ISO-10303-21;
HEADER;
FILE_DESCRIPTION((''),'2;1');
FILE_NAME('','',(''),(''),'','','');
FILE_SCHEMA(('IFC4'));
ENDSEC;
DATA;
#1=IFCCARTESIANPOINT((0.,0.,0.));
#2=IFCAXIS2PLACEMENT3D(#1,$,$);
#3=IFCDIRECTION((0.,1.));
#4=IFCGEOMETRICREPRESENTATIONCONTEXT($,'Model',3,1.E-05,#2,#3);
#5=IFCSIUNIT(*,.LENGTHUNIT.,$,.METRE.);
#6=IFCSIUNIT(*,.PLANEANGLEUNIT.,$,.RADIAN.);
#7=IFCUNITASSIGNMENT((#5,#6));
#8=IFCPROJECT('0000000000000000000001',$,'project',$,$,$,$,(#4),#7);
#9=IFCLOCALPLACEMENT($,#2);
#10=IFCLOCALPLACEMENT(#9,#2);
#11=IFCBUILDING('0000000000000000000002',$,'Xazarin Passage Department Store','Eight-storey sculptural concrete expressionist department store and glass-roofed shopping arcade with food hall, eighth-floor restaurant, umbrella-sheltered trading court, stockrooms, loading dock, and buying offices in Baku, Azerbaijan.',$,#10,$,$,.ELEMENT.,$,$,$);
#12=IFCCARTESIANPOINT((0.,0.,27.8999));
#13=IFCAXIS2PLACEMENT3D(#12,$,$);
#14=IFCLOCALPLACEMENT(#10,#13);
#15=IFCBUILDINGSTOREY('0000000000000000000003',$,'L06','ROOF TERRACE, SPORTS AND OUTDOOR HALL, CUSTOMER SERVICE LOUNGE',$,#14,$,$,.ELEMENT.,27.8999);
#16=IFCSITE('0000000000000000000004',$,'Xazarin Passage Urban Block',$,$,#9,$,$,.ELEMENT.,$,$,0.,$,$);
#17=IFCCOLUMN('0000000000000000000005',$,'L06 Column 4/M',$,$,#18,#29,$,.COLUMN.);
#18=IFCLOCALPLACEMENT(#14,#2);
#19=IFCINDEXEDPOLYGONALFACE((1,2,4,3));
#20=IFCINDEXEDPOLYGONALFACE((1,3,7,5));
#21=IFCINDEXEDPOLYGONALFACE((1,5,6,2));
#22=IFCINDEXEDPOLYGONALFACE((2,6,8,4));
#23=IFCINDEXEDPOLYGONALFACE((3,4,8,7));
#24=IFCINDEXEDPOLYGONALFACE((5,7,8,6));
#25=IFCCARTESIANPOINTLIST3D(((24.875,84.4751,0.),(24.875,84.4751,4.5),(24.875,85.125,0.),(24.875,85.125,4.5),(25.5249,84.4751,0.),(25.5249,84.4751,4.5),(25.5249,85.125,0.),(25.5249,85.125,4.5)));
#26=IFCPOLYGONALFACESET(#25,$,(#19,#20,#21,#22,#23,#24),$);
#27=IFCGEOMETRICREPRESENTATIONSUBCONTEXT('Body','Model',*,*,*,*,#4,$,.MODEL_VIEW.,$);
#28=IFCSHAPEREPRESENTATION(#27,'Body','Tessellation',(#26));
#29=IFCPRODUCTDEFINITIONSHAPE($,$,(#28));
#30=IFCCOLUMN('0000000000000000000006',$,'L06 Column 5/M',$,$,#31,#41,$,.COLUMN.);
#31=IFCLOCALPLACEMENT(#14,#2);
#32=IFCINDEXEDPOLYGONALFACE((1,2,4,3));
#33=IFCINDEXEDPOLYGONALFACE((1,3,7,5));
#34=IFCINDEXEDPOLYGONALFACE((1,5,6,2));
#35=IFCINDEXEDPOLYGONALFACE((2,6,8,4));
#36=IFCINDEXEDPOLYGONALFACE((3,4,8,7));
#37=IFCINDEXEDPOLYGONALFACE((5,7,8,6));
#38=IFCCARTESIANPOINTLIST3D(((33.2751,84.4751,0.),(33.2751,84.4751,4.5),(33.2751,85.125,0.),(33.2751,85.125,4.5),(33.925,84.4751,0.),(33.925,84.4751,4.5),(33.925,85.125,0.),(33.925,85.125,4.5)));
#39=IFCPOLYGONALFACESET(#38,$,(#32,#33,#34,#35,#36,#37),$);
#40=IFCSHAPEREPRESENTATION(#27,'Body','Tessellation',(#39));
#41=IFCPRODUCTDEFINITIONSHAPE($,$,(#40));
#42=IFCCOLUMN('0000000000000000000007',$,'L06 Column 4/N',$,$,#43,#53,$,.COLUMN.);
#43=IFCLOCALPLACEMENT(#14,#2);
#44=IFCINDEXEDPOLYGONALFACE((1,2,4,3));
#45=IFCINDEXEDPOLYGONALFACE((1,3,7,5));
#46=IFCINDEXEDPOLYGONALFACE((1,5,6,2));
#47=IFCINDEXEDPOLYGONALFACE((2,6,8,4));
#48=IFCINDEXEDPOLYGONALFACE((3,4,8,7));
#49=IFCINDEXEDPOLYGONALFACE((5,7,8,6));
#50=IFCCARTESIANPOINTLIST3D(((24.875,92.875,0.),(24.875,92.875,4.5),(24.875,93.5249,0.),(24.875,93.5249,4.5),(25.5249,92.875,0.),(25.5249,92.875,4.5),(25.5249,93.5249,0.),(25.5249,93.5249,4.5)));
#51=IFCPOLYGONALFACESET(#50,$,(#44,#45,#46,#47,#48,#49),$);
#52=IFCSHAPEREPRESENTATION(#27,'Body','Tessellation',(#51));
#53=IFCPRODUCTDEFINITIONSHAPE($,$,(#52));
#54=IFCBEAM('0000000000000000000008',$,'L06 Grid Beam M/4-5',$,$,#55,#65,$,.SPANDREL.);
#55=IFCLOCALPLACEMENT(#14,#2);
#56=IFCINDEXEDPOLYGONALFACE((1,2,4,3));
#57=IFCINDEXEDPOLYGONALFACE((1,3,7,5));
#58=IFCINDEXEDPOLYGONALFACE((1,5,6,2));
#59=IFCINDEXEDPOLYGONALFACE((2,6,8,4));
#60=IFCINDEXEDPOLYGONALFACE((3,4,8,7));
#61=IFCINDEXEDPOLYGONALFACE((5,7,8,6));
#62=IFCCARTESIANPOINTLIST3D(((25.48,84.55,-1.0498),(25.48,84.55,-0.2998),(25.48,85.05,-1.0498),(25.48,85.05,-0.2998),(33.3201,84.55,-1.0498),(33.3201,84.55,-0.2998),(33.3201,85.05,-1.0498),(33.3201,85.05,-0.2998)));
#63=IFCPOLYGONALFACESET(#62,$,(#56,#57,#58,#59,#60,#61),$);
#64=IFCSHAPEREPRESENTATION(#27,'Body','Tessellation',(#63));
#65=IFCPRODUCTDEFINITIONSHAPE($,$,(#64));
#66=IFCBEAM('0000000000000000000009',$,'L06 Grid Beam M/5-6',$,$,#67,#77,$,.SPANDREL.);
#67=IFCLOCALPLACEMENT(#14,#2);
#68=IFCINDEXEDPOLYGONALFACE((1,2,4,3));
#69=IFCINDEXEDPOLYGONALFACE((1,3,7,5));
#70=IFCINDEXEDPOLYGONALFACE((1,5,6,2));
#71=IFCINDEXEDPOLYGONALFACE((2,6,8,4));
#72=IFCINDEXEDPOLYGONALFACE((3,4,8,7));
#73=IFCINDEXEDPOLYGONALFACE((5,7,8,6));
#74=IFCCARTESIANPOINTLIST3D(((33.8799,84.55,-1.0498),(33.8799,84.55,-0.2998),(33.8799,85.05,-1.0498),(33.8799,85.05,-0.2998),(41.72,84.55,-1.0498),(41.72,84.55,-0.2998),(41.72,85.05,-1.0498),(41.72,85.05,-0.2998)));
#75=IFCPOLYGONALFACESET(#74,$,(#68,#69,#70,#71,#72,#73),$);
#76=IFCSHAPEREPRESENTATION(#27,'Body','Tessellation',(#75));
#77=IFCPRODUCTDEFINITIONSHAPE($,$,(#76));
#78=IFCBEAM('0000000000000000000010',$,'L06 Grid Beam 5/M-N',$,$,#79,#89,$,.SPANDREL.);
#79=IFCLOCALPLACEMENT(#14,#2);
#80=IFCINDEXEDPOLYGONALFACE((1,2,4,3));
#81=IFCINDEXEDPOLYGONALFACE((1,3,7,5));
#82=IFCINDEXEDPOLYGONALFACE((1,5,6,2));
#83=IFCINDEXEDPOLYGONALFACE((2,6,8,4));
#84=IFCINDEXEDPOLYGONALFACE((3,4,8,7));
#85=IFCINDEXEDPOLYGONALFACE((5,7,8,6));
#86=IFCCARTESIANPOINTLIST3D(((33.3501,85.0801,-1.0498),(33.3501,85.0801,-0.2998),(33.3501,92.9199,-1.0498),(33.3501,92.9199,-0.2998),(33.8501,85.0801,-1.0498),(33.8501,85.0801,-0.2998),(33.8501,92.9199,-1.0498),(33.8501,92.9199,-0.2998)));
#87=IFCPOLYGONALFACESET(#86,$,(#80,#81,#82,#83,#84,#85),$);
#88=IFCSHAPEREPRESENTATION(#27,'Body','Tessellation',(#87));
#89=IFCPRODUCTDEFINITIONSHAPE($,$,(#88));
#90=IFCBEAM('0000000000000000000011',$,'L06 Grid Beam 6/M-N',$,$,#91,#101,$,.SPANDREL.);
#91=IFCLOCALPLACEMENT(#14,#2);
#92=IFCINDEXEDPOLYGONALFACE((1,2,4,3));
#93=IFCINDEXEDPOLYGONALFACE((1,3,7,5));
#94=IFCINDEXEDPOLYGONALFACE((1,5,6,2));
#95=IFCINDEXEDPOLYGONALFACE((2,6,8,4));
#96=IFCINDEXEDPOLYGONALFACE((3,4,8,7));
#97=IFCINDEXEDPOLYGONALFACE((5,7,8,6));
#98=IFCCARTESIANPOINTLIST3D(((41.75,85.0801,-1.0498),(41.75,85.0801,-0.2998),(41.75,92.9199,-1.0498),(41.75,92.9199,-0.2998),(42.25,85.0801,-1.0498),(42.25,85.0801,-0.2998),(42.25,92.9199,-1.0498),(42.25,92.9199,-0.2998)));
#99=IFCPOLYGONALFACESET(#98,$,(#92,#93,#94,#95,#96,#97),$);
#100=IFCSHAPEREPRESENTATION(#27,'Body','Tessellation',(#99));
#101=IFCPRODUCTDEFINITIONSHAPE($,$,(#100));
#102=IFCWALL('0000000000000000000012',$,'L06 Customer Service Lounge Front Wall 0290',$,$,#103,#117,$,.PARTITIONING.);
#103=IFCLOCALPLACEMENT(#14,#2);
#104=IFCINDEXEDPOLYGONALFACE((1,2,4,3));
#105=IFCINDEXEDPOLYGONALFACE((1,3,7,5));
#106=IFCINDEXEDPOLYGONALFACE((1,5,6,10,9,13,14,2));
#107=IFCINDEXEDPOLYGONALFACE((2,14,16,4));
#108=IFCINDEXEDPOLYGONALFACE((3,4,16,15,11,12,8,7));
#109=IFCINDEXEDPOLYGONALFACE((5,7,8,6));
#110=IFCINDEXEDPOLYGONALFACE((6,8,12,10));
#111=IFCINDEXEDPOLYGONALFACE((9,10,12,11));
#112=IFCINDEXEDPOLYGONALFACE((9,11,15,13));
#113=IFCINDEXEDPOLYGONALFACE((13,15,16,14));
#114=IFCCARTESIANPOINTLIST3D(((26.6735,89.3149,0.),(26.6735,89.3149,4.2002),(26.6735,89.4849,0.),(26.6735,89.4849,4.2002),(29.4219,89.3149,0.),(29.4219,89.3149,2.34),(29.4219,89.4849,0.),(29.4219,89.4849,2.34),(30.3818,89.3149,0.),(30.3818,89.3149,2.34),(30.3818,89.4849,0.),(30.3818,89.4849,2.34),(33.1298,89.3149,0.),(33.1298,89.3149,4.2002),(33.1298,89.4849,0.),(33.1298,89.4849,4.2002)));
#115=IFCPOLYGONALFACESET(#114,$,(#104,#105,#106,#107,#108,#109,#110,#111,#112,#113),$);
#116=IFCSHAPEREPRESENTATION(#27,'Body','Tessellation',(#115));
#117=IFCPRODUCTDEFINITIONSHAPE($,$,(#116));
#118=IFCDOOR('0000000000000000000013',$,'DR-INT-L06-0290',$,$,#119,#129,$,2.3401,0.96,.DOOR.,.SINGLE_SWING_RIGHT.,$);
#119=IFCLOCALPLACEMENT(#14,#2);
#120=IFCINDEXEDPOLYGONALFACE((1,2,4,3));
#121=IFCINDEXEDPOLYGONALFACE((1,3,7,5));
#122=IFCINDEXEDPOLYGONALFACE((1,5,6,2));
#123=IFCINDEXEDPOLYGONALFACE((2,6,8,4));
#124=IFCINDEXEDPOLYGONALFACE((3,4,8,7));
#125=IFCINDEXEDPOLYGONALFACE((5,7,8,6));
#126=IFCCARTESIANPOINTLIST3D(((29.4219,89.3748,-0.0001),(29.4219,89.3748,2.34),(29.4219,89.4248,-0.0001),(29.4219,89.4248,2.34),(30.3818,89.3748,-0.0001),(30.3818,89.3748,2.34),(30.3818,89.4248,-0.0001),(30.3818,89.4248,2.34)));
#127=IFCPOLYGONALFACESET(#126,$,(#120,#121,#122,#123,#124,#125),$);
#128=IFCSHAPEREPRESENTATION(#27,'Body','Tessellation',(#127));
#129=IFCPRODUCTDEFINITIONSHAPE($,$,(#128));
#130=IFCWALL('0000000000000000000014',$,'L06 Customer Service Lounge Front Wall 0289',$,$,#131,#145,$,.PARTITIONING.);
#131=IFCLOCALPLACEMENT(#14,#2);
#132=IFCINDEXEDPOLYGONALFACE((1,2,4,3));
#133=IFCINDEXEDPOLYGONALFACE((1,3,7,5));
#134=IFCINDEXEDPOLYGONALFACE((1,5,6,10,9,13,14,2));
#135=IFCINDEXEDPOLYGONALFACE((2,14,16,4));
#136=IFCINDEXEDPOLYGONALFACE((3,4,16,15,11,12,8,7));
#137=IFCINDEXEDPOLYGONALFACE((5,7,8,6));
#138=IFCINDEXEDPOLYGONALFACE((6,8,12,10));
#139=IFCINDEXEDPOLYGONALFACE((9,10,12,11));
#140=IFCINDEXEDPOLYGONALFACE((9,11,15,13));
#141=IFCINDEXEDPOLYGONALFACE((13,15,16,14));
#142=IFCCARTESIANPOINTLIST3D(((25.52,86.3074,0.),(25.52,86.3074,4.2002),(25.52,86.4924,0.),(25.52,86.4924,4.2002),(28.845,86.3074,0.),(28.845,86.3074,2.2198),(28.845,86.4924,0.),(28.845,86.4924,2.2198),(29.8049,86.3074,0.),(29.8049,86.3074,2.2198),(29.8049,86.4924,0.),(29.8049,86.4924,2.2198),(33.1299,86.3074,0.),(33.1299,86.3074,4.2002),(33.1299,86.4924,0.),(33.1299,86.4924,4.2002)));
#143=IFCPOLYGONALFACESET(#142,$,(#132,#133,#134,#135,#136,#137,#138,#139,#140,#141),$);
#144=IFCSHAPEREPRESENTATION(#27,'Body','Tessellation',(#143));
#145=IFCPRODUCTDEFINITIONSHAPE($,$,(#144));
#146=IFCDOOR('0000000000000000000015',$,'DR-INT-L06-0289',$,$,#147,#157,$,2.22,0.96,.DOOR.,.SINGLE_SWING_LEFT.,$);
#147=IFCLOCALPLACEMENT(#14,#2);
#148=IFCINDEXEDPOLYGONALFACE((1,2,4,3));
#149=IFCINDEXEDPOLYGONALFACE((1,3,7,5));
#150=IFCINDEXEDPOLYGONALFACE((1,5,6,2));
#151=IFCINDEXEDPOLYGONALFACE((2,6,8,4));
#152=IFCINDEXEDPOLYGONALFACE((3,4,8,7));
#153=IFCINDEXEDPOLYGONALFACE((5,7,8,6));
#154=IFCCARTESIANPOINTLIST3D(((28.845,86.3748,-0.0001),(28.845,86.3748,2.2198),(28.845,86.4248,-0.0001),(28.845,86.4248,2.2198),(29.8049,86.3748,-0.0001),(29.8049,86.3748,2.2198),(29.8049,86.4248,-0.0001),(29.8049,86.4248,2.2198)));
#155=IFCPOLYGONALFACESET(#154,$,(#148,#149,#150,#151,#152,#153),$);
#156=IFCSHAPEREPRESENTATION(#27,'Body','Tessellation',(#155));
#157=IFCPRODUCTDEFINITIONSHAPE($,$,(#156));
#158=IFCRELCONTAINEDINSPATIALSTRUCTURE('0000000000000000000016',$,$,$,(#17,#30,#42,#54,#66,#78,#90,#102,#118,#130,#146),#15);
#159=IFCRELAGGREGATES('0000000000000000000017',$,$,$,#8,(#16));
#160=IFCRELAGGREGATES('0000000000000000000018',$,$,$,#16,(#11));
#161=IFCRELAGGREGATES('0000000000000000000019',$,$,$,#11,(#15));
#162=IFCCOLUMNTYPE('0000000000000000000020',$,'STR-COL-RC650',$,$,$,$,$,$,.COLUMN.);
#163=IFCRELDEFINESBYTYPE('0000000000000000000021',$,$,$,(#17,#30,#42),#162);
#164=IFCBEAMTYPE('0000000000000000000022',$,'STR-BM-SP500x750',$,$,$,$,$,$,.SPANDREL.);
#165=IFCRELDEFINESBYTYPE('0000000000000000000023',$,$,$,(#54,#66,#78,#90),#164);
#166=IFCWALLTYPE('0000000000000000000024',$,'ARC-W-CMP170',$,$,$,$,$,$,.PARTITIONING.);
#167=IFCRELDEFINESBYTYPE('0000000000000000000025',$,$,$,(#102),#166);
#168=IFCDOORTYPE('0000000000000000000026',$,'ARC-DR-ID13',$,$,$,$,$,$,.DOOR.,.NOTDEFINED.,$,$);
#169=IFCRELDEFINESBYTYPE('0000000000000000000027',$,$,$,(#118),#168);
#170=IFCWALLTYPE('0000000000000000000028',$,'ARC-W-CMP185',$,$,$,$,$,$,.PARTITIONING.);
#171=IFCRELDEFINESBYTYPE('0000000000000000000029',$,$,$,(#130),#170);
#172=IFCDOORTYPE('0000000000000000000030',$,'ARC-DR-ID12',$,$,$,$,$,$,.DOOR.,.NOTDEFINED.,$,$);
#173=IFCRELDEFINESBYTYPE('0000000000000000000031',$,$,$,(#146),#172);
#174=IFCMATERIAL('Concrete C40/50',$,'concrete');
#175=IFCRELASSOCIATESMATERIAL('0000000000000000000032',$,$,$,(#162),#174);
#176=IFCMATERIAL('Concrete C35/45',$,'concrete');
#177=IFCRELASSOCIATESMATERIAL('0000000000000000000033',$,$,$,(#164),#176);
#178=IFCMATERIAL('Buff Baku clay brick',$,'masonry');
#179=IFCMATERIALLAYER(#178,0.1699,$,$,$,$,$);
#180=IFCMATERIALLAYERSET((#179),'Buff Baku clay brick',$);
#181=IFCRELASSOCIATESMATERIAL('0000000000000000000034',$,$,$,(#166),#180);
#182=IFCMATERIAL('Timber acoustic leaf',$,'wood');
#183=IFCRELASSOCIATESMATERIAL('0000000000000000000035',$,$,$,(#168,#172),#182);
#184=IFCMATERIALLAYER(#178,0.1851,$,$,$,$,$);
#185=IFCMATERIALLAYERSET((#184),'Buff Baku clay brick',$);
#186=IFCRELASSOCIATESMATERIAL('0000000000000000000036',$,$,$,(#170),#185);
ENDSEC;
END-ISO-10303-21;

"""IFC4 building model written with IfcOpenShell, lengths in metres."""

from ifc_helpers import new_model, si_unit, direction, frame, frame_2d, origin, origin_2d, place, context, subcontext, project, spatial, rectangle, extrude, material, layer, layer_set, material_profile, profile_set, type_object, element, fill, save


model = new_model("IFC4")

# Units and contexts
model_context = context("Model", 3, precision=1e-05, world=origin(), true_north=direction((0.0, 1.0)))
body_context = subcontext(model_context, "Body", "Model", "MODEL_VIEW")
ifc_project = project(units=[si_unit("LENGTHUNIT", "METRE"), si_unit("PLANEANGLEUNIT", "RADIAN")], contexts=[model_context])

# Site, building, storey
site_placement = place(None, origin())
site = spatial("IfcSite", under=ifc_project, at=site_placement, Name="Xazarin Passage Urban Block", CompositionType="ELEMENT", RefElevation=0.0)
building_placement = place(site_placement, origin())
building = spatial("IfcBuilding", under=site, at=building_placement, Name="Xazarin Passage Department Store", Description="Eight-storey sculptural concrete expressionist department store and glass-roofed shopping arcade with food hall, eighth-floor restaurant, umbrella-sheltered trading court, stockrooms, loading dock, and buying offices in Baku, Azerbaijan.", CompositionType="ELEMENT")
storey_placement = place(building_placement, frame((0.0, 0.0, 27.8999)))
storey = spatial("IfcBuildingStorey", under=building, at=storey_placement, Name="L06", Description="ROOF TERRACE, SPORTS AND OUTDOOR HALL, CUSTOMER SERVICE LOUNGE", CompositionType="ELEMENT", Elevation=27.8999)

# Columns
ifc_material_1 = material(Name="Concrete C40/50", Category="concrete")
ifc_material_profile_1 = material_profile(ifc_material_1, rectangle(XDim=0.6499, YDim=0.6499, at=origin_2d()), Name="RC 650x650")
ifc_profile_set_1 = profile_set([ifc_material_profile_1], Name="Concrete C40/50")
column_type = type_object("IfcColumnType", Name="STR-COL-RC650", PredefinedType="COLUMN", material=ifc_profile_set_1)
for number, where, z_axis, x_axis, name in (
    (1, (25.2, 84.8, 0.0), (0.0, 0.0, 1.0), (1.0, 0.0, 0.0), "L06 Column 4/M"),
    (2, (33.6001, 84.8, 0.0), (0.0, 0.0, 1.0), (1.0, 0.0, 0.0), "L06 Column 5/M"),
    (3, (25.2, 93.2, 0.0), (0.0, 0.0, 1.0), (1.0, 0.0, 0.0), "L06 Column 4/N"),
):
    element("IfcColumn", number, at=place(storey_placement, frame(where, z_axis=z_axis, x_axis=x_axis)), inside=storey, type_object=column_type, Name=name, PredefinedType="COLUMN", context=body_context, shape_type="SweptSolid", body=[
        extrude(rectangle(XDim=0.6499, YDim=0.6499, at=origin_2d()), origin(), (0.0, 0.0, 1.0), 4.5),
    ])

# Beams
ifc_material_2 = material(Name="Concrete C35/45", Category="concrete")
ifc_material_profile_2 = material_profile(ifc_material_2, rectangle(XDim=0.5, YDim=0.75, at=origin_2d()), Name="RC 500x750")
ifc_profile_set_2 = profile_set([ifc_material_profile_2], Name="Concrete C35/45")
beam_type = type_object("IfcBeamType", Name="STR-BM-SP500x750", PredefinedType="SPANDREL", material=ifc_profile_set_2)
for number, where, z_axis, x_axis, name in (
    (4, (25.48, 84.8, -0.6748), (1.0, 0.0, 0.0), (0.0, 1.0, 0.0), "L06 Grid Beam M/4-5"),
    (5, (33.8799, 84.8, -0.6748), (1.0, 0.0, 0.0), (0.0, 1.0, 0.0), "L06 Grid Beam M/5-6"),
):
    element("IfcBeam", number, at=place(storey_placement, frame(where, z_axis=z_axis, x_axis=x_axis)), inside=storey, type_object=beam_type, Name=name, PredefinedType="SPANDREL", context=body_context, shape_type="SweptSolid", body=[
        extrude(rectangle(XDim=0.5, YDim=0.75, at=origin_2d()), origin(), (0.0, 0.0, 1.0), 7.8401),
    ])
for number, where, z_axis, x_axis, name in (
    (6, (33.6001, 85.0801, -0.6748), (0.0, 1.0, 0.0), (-1.0, 0.0, 0.0), "L06 Grid Beam 5/M-N"),
    (7, (42.0, 85.0801, -0.6748), (0.0, 1.0, 0.0), (-1.0, 0.0, 0.0), "L06 Grid Beam 6/M-N"),
):
    element("IfcBeam", number, at=place(storey_placement, frame(where, z_axis=z_axis, x_axis=x_axis)), inside=storey, type_object=beam_type, Name=name, PredefinedType="SPANDREL", context=body_context, shape_type="SweptSolid", body=[
        extrude(rectangle(XDim=0.5, YDim=0.75, at=origin_2d()), origin(), (0.0, 0.0, 1.0), 7.8398),
    ])

# Walls, openings, doors
ifc_material_3 = material(Name="Buff Baku clay brick", Category="masonry")
ifc_layer_1 = layer(ifc_material_3, 0.1699)
ifc_layer_set_1 = layer_set([ifc_layer_1], Name="Buff Baku clay brick")
wall_type_1 = type_object("IfcWallType", Name="ARC-W-CMP170", PredefinedType="PARTITIONING", material=ifc_layer_set_1)
wall_1_placement = place(storey_placement, frame((26.6736, 89.3999, 0.0), z_axis=(0.0, 0.0, 1.0), x_axis=(1.0, 0.0, 0.0)))
wall_1 = element("IfcWall", 8, at=wall_1_placement, inside=storey, type_object=wall_type_1, Name="L06 Customer Service Lounge Front Wall 0290", PredefinedType="PARTITIONING", context=body_context, shape_type="SweptSolid", body=[
    extrude(rectangle(XDim=6.4563, YDim=0.1699, at=frame_2d((3.228, 0.0))), origin(), (0.0, 0.0, 1.0), 4.2002),
])
opening_1_placement = place(wall_1_placement, frame((2.7483, 0.0, 0.0)))
opening_1 = element("IfcOpeningElement", 9, at=opening_1_placement, cuts=wall_1, PredefinedType="OPENING", context=body_context, shape_type="SweptSolid", body=[
    extrude(rectangle(XDim=0.96, YDim=2.3401, at=frame_2d((0.48, 1.1699))), frame((0.0, 0.095, 0.0), z_axis=(0.0, -1.0, 0.0), x_axis=(1.0, 0.0, 0.0)), (0.0, 0.0, 1.0), 0.1899),
])
ifc_material_4 = material(Name="Timber acoustic leaf", Category="wood")
door_type_1 = type_object("IfcDoorType", Name="ARC-DR-ID13", OperationType="NOTDEFINED", PredefinedType="DOOR", material=ifc_material_4)
door_1_placement = place(opening_1_placement, origin())
door_1 = element("IfcDoor", 10, at=door_1_placement, inside=storey, type_object=door_type_1, Name="DR-INT-L06-0290", OperationType="SINGLE_SWING_RIGHT", OverallHeight=2.3401, OverallWidth=0.96, PredefinedType="DOOR", context=body_context, shape_type="SweptSolid", body=[
    extrude(rectangle(XDim=0.96, YDim=2.3401, at=frame_2d((0.48, 1.1699))), frame((0.0, 0.0249, 0.0), z_axis=(0.0, -1.0, 0.0), x_axis=(1.0, 0.0, 0.0)), (0.0, 0.0, 1.0), 0.05),
])
fill(opening_1, door_1)
ifc_layer_2 = layer(ifc_material_3, 0.1851)
ifc_layer_set_2 = layer_set([ifc_layer_2], Name="Buff Baku clay brick")
wall_type_2 = type_object("IfcWallType", Name="ARC-W-CMP185", PredefinedType="PARTITIONING", material=ifc_layer_set_2)
wall_2_placement = place(storey_placement, frame((25.52, 86.3999, 0.0), z_axis=(0.0, 0.0, 1.0), x_axis=(1.0, 0.0, 0.0)))
wall_2 = element("IfcWall", 11, at=wall_2_placement, inside=storey, type_object=wall_type_2, Name="L06 Customer Service Lounge Front Wall 0289", PredefinedType="PARTITIONING", context=body_context, shape_type="SweptSolid", body=[
    extrude(rectangle(XDim=7.6099, YDim=0.1851, at=frame_2d((3.8049, 0.0))), origin(), (0.0, 0.0, 1.0), 4.2002),
])
opening_2_placement = place(wall_2_placement, frame((3.325, 0.0, 0.0)))
opening_2 = element("IfcOpeningElement", 12, at=opening_2_placement, cuts=wall_2, PredefinedType="OPENING", context=body_context, shape_type="SweptSolid", body=[
    extrude(rectangle(XDim=0.96, YDim=2.22, at=frame_2d((0.48, 1.1099))), frame((0.0, 0.1025, 0.0), z_axis=(0.0, -1.0, 0.0), x_axis=(1.0, 0.0, 0.0)), (0.0, 0.0, 1.0), 0.2051),
])
door_type_2 = type_object("IfcDoorType", Name="ARC-DR-ID12", OperationType="NOTDEFINED", PredefinedType="DOOR", material=ifc_material_4)
door_2_placement = place(opening_2_placement, origin())
door_2 = element("IfcDoor", 13, at=door_2_placement, inside=storey, type_object=door_type_2, Name="DR-INT-L06-0289", OperationType="SINGLE_SWING_LEFT", OverallHeight=2.22, OverallWidth=0.96, PredefinedType="DOOR", context=body_context, shape_type="SweptSolid", body=[
    extrude(rectangle(XDim=0.96, YDim=2.22, at=frame_2d((0.48, 1.1099))), frame((0.0, 0.0249, 0.0), z_axis=(0.0, -1.0, 0.0), x_axis=(1.0, 0.0, 0.0)), (0.0, 0.0, 1.0), 0.05),
])
fill(opening_2, door_2)

save(model, "model.ifc")
